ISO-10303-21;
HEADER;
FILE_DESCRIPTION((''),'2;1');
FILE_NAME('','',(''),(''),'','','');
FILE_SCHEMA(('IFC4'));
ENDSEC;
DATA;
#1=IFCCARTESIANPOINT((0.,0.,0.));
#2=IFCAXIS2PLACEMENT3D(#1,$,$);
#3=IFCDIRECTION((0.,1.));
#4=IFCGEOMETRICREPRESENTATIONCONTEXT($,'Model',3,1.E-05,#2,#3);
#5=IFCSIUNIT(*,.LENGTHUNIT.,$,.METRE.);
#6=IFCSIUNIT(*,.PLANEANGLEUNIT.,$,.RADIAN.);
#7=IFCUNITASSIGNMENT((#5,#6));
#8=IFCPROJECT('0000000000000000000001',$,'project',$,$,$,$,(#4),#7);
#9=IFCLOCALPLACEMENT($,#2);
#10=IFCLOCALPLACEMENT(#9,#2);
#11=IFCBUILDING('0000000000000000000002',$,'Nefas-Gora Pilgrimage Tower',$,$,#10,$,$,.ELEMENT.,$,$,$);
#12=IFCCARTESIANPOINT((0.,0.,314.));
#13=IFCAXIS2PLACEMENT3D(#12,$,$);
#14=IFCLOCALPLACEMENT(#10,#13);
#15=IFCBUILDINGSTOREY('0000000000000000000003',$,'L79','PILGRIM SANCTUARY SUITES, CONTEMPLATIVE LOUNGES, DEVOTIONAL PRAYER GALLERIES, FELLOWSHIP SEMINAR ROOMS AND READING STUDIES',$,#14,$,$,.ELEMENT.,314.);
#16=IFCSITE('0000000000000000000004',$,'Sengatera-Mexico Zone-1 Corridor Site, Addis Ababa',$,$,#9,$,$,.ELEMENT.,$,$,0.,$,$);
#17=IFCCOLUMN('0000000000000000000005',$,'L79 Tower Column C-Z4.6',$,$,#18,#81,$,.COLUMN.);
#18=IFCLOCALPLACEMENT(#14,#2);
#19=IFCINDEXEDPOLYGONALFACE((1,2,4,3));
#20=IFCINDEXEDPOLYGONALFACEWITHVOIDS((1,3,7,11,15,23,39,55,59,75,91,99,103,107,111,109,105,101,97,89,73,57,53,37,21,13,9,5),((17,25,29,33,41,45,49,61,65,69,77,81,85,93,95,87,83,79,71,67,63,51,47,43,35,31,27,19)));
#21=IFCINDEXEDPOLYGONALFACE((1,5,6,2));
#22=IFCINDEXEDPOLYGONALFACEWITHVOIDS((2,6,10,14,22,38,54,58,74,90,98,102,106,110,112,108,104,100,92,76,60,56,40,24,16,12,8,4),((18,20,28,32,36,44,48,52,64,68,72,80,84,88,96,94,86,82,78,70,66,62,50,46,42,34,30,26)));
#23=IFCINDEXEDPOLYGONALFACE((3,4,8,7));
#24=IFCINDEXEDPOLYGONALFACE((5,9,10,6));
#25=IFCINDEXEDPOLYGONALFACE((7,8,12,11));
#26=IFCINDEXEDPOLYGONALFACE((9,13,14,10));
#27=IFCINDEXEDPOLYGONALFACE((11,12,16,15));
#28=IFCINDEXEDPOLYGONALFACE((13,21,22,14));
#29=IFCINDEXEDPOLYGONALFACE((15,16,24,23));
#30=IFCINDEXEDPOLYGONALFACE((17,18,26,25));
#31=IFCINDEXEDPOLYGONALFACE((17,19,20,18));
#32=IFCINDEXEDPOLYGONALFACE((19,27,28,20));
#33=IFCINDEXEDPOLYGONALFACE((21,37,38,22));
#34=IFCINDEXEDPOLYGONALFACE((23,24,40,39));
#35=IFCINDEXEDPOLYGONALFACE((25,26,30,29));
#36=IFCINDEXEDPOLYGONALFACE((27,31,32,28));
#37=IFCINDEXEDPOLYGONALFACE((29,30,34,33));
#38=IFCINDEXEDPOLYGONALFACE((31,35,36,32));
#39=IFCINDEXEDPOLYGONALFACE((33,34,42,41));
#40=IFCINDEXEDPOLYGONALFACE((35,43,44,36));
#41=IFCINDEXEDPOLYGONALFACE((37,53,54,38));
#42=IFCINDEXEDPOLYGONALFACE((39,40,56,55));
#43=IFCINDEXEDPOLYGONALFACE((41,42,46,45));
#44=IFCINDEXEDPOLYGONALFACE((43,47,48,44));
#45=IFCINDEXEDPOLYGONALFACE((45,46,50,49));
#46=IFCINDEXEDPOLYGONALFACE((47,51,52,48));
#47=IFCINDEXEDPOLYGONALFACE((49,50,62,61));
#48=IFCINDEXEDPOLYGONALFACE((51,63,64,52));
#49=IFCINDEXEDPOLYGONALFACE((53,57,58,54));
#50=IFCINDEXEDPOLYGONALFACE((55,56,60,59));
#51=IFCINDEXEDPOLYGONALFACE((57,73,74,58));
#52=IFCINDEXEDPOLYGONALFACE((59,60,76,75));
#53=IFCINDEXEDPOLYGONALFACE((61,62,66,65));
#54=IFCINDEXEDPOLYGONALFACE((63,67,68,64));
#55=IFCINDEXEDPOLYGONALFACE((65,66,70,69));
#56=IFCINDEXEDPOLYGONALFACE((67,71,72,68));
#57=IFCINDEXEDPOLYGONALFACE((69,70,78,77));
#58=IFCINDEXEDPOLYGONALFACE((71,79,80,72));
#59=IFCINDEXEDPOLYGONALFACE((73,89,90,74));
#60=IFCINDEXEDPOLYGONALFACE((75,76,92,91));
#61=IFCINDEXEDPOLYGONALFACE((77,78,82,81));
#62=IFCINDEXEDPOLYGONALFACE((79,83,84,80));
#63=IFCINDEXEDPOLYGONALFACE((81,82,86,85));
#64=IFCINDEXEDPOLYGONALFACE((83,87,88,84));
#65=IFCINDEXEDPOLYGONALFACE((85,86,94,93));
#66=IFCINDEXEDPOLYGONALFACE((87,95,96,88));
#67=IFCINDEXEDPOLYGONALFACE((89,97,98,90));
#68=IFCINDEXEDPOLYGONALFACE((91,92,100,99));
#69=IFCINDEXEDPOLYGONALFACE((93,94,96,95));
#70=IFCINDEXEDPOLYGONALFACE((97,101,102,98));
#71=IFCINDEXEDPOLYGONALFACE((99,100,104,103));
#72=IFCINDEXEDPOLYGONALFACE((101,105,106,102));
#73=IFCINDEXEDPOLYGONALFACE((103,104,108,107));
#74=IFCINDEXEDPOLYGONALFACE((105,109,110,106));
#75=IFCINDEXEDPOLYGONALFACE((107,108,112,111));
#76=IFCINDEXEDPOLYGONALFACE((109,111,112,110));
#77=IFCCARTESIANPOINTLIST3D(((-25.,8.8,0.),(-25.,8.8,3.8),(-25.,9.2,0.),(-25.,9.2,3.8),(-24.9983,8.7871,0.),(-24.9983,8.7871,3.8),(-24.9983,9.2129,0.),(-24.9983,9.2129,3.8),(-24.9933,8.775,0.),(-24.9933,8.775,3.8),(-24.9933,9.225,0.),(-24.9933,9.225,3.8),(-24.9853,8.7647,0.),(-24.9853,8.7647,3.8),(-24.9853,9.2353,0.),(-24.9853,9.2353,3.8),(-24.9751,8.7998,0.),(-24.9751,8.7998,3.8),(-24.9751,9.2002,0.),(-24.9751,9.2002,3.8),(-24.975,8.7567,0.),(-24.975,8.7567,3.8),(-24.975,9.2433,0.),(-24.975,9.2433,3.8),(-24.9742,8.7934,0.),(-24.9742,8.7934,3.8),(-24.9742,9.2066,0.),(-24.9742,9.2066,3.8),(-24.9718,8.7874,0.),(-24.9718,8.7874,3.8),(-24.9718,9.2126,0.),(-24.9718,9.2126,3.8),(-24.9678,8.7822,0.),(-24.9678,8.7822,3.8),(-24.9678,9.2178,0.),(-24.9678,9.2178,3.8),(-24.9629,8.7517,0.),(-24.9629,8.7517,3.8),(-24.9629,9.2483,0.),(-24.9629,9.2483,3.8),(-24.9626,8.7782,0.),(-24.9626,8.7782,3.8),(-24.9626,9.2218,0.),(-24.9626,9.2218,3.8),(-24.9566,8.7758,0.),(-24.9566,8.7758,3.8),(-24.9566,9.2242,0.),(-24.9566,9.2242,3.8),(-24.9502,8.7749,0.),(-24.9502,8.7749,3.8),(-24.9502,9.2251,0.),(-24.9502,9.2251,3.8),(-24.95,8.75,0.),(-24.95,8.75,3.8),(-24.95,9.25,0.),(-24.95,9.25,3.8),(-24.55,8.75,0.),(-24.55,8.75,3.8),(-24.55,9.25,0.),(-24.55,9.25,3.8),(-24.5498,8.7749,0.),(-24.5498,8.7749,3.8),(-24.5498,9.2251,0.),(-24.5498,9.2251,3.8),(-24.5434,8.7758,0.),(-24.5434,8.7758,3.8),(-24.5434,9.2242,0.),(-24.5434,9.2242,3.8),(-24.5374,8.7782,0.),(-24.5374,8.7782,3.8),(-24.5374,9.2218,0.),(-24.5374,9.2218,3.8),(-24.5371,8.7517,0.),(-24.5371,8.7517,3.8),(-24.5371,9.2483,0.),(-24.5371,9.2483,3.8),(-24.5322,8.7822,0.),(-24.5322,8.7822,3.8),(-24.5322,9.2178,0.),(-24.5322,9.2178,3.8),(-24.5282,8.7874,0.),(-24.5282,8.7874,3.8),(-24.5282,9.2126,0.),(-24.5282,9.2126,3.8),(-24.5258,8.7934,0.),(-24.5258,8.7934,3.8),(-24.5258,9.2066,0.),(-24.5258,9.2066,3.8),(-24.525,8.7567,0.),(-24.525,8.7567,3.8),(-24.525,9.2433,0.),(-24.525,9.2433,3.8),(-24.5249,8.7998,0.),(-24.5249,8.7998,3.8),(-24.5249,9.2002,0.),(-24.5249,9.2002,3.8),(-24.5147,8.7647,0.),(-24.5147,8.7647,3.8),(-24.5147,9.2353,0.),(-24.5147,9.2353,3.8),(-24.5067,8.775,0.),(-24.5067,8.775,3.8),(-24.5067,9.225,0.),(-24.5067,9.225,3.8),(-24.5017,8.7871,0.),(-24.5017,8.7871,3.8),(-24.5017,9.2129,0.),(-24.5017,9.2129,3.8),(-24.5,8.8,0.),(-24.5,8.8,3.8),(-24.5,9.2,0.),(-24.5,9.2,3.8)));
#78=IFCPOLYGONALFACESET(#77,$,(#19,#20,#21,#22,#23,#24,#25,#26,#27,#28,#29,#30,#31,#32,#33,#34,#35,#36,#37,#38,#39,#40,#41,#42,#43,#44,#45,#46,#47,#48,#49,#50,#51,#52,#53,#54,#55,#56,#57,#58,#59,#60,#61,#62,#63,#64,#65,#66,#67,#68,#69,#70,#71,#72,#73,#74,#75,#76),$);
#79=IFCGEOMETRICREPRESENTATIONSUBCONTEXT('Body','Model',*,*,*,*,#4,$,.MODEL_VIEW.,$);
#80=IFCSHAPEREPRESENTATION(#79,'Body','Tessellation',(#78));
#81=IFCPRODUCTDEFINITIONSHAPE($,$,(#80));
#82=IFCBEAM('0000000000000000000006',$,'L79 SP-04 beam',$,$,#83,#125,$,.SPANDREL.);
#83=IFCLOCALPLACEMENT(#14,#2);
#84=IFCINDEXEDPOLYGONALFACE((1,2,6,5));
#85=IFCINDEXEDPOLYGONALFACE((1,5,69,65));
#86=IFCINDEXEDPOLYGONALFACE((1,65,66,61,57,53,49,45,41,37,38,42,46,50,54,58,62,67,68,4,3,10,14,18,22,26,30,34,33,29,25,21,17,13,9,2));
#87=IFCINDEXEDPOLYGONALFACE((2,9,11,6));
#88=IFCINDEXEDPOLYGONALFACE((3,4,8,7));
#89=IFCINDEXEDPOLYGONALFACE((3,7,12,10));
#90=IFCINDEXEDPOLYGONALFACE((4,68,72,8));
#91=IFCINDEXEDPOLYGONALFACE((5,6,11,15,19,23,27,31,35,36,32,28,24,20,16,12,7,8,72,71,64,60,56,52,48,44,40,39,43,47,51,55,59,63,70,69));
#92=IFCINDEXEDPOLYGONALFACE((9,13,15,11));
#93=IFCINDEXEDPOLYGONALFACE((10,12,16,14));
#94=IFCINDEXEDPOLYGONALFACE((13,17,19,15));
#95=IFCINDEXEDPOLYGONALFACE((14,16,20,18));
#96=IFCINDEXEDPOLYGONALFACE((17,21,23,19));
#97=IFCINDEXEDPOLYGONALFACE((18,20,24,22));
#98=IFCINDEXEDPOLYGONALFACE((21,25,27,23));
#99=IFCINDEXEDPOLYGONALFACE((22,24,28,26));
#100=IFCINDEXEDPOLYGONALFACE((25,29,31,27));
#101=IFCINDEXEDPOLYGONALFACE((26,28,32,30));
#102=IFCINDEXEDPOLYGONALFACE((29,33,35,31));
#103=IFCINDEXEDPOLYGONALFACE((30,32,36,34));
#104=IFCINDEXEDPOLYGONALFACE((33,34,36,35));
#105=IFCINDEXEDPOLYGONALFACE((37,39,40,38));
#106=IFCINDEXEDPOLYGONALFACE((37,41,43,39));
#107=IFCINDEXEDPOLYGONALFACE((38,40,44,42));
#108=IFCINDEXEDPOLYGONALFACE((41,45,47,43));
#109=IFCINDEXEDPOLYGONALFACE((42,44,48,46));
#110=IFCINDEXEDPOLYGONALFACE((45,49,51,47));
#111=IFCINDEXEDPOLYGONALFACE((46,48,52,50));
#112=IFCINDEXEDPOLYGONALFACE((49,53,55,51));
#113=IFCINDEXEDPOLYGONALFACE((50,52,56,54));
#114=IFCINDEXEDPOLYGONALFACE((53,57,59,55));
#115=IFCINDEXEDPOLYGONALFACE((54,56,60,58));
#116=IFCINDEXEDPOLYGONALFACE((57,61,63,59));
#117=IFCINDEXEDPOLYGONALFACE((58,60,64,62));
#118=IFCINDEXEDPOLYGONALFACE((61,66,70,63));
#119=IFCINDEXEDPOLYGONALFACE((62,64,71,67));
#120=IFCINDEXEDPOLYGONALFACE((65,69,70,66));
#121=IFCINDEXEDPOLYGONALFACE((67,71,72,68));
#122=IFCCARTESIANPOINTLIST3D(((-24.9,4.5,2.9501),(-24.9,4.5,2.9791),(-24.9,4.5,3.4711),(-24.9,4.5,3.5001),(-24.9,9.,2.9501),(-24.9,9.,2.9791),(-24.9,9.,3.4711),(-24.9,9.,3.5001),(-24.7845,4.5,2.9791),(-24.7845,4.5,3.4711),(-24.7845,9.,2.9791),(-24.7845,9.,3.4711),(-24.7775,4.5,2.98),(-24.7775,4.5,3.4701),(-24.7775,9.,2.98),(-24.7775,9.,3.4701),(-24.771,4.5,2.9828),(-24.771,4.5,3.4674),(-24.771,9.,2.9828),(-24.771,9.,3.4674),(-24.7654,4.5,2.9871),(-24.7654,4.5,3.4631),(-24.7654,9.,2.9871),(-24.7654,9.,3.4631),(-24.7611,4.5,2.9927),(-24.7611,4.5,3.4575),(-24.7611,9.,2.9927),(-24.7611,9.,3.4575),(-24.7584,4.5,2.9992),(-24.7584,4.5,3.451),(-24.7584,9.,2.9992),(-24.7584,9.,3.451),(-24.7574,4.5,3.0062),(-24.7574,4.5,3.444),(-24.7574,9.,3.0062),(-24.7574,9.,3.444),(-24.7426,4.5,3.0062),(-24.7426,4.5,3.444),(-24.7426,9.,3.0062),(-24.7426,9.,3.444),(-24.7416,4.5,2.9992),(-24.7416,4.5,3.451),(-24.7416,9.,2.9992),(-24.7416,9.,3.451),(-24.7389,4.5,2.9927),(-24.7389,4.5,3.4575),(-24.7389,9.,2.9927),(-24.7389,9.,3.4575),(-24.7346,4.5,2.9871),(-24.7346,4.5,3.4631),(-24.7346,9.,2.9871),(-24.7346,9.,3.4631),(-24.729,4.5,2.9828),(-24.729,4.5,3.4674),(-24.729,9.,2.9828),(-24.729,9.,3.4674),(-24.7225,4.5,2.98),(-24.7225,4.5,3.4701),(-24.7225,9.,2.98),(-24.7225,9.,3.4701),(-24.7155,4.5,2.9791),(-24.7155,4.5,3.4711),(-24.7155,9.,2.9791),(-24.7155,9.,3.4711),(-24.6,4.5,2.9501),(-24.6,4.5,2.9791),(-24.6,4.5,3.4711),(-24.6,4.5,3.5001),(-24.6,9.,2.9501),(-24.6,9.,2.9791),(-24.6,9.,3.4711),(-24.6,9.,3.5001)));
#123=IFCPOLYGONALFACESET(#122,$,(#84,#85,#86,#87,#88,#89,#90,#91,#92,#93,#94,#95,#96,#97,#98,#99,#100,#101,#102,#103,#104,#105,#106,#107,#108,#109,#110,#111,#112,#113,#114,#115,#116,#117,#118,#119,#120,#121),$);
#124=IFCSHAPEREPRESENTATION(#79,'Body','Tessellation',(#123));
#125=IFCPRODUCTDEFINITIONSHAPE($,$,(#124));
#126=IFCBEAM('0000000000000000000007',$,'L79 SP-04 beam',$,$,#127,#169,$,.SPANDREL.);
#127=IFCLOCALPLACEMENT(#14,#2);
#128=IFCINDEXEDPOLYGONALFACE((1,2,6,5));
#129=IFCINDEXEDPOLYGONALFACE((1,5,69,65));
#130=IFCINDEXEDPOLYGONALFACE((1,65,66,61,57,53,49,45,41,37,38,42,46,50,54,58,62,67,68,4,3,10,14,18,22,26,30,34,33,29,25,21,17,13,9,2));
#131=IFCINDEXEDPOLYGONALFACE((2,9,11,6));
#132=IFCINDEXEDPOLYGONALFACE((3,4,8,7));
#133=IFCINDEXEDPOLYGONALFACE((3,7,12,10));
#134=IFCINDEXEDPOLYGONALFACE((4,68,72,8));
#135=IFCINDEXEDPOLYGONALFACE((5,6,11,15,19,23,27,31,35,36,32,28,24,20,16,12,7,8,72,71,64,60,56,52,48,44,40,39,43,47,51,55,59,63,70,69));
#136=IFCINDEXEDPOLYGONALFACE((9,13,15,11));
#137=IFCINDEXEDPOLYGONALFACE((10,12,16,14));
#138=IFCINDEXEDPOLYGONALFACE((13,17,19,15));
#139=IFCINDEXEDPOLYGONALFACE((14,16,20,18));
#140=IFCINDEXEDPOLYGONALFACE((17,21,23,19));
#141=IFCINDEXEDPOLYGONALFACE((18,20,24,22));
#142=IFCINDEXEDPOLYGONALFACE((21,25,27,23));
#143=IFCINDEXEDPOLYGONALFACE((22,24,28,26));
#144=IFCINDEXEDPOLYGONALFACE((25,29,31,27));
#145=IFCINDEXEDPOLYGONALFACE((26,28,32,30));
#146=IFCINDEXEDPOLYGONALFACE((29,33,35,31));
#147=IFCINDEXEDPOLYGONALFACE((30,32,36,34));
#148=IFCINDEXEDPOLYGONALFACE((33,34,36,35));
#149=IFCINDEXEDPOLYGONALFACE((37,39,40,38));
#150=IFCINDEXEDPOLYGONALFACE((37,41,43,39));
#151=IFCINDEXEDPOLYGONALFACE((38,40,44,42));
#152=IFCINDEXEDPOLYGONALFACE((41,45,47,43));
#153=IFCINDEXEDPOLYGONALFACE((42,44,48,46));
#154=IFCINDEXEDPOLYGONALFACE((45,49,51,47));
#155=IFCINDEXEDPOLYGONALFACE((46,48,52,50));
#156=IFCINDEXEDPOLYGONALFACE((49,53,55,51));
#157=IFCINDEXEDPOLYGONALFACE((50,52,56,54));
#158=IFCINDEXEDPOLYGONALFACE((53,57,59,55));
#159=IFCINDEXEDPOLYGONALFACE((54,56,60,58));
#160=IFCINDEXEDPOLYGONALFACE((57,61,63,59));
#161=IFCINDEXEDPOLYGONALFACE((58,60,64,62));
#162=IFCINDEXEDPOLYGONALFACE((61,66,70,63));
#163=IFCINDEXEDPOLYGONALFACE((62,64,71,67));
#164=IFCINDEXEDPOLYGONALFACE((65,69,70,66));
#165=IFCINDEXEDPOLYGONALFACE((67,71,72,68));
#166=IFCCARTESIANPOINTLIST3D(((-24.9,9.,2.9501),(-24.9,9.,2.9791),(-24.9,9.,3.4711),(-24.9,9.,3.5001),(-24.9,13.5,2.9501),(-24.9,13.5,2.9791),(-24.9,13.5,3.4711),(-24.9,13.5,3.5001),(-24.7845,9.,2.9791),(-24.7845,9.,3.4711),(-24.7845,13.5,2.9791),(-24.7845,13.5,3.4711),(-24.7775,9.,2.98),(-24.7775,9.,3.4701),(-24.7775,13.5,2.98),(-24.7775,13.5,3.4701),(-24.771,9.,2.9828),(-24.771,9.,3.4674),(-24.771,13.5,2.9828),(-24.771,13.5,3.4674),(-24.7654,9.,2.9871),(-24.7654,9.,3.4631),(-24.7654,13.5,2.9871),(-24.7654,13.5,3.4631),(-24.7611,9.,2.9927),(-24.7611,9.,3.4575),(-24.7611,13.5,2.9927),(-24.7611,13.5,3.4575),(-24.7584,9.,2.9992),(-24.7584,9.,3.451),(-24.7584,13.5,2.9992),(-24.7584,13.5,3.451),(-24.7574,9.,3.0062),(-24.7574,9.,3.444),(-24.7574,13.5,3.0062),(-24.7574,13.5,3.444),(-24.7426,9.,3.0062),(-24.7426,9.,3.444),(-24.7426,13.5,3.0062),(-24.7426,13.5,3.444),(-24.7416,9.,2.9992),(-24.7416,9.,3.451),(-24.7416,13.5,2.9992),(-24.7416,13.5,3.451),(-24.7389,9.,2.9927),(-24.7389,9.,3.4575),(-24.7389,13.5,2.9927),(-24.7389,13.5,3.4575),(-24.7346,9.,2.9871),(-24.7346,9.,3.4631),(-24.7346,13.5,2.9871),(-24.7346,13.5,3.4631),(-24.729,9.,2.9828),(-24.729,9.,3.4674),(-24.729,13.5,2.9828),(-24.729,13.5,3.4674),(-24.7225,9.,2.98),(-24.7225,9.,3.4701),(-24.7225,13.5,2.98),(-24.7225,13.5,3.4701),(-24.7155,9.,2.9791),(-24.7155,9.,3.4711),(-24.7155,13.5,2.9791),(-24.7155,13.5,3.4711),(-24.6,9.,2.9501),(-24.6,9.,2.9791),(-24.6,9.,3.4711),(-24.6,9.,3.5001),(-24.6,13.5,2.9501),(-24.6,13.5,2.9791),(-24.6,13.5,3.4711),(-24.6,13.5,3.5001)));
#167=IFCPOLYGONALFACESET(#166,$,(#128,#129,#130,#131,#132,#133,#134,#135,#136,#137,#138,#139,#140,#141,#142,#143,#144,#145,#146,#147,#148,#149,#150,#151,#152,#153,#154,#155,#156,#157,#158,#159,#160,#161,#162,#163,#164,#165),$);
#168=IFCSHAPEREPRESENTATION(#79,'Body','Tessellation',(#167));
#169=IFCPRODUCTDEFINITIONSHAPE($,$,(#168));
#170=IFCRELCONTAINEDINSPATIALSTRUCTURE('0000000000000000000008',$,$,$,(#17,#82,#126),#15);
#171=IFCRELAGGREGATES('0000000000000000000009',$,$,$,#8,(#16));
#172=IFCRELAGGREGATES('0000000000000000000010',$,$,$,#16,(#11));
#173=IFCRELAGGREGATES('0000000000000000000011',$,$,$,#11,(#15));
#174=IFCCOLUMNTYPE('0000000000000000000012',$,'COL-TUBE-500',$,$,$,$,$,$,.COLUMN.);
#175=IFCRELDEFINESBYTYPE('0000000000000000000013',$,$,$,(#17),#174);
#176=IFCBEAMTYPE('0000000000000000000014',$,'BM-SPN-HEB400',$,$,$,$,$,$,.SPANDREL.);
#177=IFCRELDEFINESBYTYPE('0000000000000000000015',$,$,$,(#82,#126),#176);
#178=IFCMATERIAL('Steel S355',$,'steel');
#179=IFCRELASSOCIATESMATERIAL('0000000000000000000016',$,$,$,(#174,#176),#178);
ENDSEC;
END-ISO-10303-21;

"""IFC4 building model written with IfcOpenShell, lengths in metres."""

from ifc_helpers import new_model, si_unit, direction, frame, origin, origin_2d, place, context, subcontext, project, spatial, hollow_rectangle, i_section, extrude, source, transform, mapped, material, material_profile, profile_set, type_object, element, save


model = new_model("IFC4")

# Units and contexts
model_context = context("Model", 3, precision=1e-05, world=origin(), true_north=direction((0.0, 1.0)))
body_context = subcontext(model_context, "Body", "Model", "MODEL_VIEW")
ifc_project = project(units=[si_unit("LENGTHUNIT", "METRE"), si_unit("PLANEANGLEUNIT", "RADIAN")], contexts=[model_context])

# Site, building, storey
site_placement = place(None, origin())
site = spatial("IfcSite", under=ifc_project, at=site_placement, Name="Sengatera-Mexico Zone-1 Corridor Site, Addis Ababa", CompositionType="ELEMENT", RefElevation=0.0)
building_placement = place(site_placement, origin())
building = spatial("IfcBuilding", under=site, at=building_placement, Name="Nefas-Gora Pilgrimage Tower", CompositionType="ELEMENT")
storey_placement = place(building_placement, frame((0.0, 0.0, 314.0)))
storey = spatial("IfcBuildingStorey", under=building, at=storey_placement, Name="L79", Description="PILGRIM SANCTUARY SUITES, CONTEMPLATIVE LOUNGES, DEVOTIONAL PRAYER GALLERIES, FELLOWSHIP SEMINAR ROOMS AND READING STUDIES", CompositionType="ELEMENT", Elevation=314.0)

# Column
ifc_material_1 = material(Name="Steel S355", Category="steel")
ifc_material_profile_1 = material_profile(ifc_material_1, hollow_rectangle(XDim=0.5, YDim=0.5, WallThickness=0.0249, InnerFilletRadius=0.0249, OuterFilletRadius=0.05, at=origin_2d()), Name="SHS 500x500x25")
ifc_profile_set_1 = profile_set([ifc_material_profile_1], Name="Steel S355")
column_type_1 = type_object("IfcColumnType", Name="COL-TUBE-500", PredefinedType="COLUMN", material=ifc_profile_set_1)
shared_shape_1 = source(origin(), body_context, "Body", "SweptSolid", [
    extrude(hollow_rectangle(XDim=0.5, YDim=0.5, WallThickness=0.0249, InnerFilletRadius=0.0249, OuterFilletRadius=0.05, at=origin_2d()), origin(), (0.0, 0.0, 1.0), 3.8),
])
for number, where, z_axis, x_axis, name in (
    (1, (-24.75, 9.0, 0.0), (0.0, 0.0, 1.0), (1.0, 0.0, 0.0), "L79 Tower Column C-Z4.6"),
):
    element("IfcColumn", number, at=place(storey_placement, frame(where, z_axis=z_axis, x_axis=x_axis)), inside=storey, type_object=column_type_1, Name=name, PredefinedType="COLUMN", context=body_context, shape_type="MappedRepresentation", body=[
        mapped(shared_shape_1, transform((0.0, 0.0, 0.0), x_axis=(1.0, 0.0, 0.0), y_axis=(0.0, 1.0, 0.0), z_axis=(0.0, 0.0, 1.0), scale=1.0)),
    ])

# Beams
ifc_material_profile_2 = material_profile(ifc_material_1, i_section(OverallWidth=0.3, OverallDepth=0.55, WebThickness=0.0149, FlangeThickness=0.0291, FilletRadius=0.0271, at=origin_2d()), Name="HEB 550")
ifc_profile_set_2 = profile_set([ifc_material_profile_2], Name="Steel S355")
beam_type_1 = type_object("IfcBeamType", Name="BM-SPN-HEB400", PredefinedType="SPANDREL", material=ifc_profile_set_2)
shared_shape_2 = source(origin(), body_context, "Body", "SweptSolid", [
    extrude(i_section(OverallWidth=0.3, OverallDepth=0.55, WebThickness=0.0149, FlangeThickness=0.0291, FilletRadius=0.0271, at=origin_2d()), origin(), (0.0, 0.0, 1.0), 4.5),
])
for number, where, z_axis, x_axis, name in (
    (2, (-24.75, 4.5, 3.2251), (0.0, 1.0, 0.0), (-1.0, 0.0, 0.0), "L79 SP-04 beam"),
    (3, (-24.75, 9.0, 3.2251), (0.0, 1.0, 0.0), (-1.0, 0.0, 0.0), "L79 SP-04 beam"),
):
    element("IfcBeam", number, at=place(storey_placement, frame(where, z_axis=z_axis, x_axis=x_axis)), inside=storey, type_object=beam_type_1, Name=name, PredefinedType="SPANDREL", context=body_context, shape_type="MappedRepresentation", body=[
        mapped(shared_shape_2, transform((0.0, 0.0, 0.0), x_axis=(1.0, 0.0, 0.0), y_axis=(0.0, 1.0, 0.0), z_axis=(0.0, 0.0, 1.0), scale=1.0)),
    ])

save(model, "model.ifc")
